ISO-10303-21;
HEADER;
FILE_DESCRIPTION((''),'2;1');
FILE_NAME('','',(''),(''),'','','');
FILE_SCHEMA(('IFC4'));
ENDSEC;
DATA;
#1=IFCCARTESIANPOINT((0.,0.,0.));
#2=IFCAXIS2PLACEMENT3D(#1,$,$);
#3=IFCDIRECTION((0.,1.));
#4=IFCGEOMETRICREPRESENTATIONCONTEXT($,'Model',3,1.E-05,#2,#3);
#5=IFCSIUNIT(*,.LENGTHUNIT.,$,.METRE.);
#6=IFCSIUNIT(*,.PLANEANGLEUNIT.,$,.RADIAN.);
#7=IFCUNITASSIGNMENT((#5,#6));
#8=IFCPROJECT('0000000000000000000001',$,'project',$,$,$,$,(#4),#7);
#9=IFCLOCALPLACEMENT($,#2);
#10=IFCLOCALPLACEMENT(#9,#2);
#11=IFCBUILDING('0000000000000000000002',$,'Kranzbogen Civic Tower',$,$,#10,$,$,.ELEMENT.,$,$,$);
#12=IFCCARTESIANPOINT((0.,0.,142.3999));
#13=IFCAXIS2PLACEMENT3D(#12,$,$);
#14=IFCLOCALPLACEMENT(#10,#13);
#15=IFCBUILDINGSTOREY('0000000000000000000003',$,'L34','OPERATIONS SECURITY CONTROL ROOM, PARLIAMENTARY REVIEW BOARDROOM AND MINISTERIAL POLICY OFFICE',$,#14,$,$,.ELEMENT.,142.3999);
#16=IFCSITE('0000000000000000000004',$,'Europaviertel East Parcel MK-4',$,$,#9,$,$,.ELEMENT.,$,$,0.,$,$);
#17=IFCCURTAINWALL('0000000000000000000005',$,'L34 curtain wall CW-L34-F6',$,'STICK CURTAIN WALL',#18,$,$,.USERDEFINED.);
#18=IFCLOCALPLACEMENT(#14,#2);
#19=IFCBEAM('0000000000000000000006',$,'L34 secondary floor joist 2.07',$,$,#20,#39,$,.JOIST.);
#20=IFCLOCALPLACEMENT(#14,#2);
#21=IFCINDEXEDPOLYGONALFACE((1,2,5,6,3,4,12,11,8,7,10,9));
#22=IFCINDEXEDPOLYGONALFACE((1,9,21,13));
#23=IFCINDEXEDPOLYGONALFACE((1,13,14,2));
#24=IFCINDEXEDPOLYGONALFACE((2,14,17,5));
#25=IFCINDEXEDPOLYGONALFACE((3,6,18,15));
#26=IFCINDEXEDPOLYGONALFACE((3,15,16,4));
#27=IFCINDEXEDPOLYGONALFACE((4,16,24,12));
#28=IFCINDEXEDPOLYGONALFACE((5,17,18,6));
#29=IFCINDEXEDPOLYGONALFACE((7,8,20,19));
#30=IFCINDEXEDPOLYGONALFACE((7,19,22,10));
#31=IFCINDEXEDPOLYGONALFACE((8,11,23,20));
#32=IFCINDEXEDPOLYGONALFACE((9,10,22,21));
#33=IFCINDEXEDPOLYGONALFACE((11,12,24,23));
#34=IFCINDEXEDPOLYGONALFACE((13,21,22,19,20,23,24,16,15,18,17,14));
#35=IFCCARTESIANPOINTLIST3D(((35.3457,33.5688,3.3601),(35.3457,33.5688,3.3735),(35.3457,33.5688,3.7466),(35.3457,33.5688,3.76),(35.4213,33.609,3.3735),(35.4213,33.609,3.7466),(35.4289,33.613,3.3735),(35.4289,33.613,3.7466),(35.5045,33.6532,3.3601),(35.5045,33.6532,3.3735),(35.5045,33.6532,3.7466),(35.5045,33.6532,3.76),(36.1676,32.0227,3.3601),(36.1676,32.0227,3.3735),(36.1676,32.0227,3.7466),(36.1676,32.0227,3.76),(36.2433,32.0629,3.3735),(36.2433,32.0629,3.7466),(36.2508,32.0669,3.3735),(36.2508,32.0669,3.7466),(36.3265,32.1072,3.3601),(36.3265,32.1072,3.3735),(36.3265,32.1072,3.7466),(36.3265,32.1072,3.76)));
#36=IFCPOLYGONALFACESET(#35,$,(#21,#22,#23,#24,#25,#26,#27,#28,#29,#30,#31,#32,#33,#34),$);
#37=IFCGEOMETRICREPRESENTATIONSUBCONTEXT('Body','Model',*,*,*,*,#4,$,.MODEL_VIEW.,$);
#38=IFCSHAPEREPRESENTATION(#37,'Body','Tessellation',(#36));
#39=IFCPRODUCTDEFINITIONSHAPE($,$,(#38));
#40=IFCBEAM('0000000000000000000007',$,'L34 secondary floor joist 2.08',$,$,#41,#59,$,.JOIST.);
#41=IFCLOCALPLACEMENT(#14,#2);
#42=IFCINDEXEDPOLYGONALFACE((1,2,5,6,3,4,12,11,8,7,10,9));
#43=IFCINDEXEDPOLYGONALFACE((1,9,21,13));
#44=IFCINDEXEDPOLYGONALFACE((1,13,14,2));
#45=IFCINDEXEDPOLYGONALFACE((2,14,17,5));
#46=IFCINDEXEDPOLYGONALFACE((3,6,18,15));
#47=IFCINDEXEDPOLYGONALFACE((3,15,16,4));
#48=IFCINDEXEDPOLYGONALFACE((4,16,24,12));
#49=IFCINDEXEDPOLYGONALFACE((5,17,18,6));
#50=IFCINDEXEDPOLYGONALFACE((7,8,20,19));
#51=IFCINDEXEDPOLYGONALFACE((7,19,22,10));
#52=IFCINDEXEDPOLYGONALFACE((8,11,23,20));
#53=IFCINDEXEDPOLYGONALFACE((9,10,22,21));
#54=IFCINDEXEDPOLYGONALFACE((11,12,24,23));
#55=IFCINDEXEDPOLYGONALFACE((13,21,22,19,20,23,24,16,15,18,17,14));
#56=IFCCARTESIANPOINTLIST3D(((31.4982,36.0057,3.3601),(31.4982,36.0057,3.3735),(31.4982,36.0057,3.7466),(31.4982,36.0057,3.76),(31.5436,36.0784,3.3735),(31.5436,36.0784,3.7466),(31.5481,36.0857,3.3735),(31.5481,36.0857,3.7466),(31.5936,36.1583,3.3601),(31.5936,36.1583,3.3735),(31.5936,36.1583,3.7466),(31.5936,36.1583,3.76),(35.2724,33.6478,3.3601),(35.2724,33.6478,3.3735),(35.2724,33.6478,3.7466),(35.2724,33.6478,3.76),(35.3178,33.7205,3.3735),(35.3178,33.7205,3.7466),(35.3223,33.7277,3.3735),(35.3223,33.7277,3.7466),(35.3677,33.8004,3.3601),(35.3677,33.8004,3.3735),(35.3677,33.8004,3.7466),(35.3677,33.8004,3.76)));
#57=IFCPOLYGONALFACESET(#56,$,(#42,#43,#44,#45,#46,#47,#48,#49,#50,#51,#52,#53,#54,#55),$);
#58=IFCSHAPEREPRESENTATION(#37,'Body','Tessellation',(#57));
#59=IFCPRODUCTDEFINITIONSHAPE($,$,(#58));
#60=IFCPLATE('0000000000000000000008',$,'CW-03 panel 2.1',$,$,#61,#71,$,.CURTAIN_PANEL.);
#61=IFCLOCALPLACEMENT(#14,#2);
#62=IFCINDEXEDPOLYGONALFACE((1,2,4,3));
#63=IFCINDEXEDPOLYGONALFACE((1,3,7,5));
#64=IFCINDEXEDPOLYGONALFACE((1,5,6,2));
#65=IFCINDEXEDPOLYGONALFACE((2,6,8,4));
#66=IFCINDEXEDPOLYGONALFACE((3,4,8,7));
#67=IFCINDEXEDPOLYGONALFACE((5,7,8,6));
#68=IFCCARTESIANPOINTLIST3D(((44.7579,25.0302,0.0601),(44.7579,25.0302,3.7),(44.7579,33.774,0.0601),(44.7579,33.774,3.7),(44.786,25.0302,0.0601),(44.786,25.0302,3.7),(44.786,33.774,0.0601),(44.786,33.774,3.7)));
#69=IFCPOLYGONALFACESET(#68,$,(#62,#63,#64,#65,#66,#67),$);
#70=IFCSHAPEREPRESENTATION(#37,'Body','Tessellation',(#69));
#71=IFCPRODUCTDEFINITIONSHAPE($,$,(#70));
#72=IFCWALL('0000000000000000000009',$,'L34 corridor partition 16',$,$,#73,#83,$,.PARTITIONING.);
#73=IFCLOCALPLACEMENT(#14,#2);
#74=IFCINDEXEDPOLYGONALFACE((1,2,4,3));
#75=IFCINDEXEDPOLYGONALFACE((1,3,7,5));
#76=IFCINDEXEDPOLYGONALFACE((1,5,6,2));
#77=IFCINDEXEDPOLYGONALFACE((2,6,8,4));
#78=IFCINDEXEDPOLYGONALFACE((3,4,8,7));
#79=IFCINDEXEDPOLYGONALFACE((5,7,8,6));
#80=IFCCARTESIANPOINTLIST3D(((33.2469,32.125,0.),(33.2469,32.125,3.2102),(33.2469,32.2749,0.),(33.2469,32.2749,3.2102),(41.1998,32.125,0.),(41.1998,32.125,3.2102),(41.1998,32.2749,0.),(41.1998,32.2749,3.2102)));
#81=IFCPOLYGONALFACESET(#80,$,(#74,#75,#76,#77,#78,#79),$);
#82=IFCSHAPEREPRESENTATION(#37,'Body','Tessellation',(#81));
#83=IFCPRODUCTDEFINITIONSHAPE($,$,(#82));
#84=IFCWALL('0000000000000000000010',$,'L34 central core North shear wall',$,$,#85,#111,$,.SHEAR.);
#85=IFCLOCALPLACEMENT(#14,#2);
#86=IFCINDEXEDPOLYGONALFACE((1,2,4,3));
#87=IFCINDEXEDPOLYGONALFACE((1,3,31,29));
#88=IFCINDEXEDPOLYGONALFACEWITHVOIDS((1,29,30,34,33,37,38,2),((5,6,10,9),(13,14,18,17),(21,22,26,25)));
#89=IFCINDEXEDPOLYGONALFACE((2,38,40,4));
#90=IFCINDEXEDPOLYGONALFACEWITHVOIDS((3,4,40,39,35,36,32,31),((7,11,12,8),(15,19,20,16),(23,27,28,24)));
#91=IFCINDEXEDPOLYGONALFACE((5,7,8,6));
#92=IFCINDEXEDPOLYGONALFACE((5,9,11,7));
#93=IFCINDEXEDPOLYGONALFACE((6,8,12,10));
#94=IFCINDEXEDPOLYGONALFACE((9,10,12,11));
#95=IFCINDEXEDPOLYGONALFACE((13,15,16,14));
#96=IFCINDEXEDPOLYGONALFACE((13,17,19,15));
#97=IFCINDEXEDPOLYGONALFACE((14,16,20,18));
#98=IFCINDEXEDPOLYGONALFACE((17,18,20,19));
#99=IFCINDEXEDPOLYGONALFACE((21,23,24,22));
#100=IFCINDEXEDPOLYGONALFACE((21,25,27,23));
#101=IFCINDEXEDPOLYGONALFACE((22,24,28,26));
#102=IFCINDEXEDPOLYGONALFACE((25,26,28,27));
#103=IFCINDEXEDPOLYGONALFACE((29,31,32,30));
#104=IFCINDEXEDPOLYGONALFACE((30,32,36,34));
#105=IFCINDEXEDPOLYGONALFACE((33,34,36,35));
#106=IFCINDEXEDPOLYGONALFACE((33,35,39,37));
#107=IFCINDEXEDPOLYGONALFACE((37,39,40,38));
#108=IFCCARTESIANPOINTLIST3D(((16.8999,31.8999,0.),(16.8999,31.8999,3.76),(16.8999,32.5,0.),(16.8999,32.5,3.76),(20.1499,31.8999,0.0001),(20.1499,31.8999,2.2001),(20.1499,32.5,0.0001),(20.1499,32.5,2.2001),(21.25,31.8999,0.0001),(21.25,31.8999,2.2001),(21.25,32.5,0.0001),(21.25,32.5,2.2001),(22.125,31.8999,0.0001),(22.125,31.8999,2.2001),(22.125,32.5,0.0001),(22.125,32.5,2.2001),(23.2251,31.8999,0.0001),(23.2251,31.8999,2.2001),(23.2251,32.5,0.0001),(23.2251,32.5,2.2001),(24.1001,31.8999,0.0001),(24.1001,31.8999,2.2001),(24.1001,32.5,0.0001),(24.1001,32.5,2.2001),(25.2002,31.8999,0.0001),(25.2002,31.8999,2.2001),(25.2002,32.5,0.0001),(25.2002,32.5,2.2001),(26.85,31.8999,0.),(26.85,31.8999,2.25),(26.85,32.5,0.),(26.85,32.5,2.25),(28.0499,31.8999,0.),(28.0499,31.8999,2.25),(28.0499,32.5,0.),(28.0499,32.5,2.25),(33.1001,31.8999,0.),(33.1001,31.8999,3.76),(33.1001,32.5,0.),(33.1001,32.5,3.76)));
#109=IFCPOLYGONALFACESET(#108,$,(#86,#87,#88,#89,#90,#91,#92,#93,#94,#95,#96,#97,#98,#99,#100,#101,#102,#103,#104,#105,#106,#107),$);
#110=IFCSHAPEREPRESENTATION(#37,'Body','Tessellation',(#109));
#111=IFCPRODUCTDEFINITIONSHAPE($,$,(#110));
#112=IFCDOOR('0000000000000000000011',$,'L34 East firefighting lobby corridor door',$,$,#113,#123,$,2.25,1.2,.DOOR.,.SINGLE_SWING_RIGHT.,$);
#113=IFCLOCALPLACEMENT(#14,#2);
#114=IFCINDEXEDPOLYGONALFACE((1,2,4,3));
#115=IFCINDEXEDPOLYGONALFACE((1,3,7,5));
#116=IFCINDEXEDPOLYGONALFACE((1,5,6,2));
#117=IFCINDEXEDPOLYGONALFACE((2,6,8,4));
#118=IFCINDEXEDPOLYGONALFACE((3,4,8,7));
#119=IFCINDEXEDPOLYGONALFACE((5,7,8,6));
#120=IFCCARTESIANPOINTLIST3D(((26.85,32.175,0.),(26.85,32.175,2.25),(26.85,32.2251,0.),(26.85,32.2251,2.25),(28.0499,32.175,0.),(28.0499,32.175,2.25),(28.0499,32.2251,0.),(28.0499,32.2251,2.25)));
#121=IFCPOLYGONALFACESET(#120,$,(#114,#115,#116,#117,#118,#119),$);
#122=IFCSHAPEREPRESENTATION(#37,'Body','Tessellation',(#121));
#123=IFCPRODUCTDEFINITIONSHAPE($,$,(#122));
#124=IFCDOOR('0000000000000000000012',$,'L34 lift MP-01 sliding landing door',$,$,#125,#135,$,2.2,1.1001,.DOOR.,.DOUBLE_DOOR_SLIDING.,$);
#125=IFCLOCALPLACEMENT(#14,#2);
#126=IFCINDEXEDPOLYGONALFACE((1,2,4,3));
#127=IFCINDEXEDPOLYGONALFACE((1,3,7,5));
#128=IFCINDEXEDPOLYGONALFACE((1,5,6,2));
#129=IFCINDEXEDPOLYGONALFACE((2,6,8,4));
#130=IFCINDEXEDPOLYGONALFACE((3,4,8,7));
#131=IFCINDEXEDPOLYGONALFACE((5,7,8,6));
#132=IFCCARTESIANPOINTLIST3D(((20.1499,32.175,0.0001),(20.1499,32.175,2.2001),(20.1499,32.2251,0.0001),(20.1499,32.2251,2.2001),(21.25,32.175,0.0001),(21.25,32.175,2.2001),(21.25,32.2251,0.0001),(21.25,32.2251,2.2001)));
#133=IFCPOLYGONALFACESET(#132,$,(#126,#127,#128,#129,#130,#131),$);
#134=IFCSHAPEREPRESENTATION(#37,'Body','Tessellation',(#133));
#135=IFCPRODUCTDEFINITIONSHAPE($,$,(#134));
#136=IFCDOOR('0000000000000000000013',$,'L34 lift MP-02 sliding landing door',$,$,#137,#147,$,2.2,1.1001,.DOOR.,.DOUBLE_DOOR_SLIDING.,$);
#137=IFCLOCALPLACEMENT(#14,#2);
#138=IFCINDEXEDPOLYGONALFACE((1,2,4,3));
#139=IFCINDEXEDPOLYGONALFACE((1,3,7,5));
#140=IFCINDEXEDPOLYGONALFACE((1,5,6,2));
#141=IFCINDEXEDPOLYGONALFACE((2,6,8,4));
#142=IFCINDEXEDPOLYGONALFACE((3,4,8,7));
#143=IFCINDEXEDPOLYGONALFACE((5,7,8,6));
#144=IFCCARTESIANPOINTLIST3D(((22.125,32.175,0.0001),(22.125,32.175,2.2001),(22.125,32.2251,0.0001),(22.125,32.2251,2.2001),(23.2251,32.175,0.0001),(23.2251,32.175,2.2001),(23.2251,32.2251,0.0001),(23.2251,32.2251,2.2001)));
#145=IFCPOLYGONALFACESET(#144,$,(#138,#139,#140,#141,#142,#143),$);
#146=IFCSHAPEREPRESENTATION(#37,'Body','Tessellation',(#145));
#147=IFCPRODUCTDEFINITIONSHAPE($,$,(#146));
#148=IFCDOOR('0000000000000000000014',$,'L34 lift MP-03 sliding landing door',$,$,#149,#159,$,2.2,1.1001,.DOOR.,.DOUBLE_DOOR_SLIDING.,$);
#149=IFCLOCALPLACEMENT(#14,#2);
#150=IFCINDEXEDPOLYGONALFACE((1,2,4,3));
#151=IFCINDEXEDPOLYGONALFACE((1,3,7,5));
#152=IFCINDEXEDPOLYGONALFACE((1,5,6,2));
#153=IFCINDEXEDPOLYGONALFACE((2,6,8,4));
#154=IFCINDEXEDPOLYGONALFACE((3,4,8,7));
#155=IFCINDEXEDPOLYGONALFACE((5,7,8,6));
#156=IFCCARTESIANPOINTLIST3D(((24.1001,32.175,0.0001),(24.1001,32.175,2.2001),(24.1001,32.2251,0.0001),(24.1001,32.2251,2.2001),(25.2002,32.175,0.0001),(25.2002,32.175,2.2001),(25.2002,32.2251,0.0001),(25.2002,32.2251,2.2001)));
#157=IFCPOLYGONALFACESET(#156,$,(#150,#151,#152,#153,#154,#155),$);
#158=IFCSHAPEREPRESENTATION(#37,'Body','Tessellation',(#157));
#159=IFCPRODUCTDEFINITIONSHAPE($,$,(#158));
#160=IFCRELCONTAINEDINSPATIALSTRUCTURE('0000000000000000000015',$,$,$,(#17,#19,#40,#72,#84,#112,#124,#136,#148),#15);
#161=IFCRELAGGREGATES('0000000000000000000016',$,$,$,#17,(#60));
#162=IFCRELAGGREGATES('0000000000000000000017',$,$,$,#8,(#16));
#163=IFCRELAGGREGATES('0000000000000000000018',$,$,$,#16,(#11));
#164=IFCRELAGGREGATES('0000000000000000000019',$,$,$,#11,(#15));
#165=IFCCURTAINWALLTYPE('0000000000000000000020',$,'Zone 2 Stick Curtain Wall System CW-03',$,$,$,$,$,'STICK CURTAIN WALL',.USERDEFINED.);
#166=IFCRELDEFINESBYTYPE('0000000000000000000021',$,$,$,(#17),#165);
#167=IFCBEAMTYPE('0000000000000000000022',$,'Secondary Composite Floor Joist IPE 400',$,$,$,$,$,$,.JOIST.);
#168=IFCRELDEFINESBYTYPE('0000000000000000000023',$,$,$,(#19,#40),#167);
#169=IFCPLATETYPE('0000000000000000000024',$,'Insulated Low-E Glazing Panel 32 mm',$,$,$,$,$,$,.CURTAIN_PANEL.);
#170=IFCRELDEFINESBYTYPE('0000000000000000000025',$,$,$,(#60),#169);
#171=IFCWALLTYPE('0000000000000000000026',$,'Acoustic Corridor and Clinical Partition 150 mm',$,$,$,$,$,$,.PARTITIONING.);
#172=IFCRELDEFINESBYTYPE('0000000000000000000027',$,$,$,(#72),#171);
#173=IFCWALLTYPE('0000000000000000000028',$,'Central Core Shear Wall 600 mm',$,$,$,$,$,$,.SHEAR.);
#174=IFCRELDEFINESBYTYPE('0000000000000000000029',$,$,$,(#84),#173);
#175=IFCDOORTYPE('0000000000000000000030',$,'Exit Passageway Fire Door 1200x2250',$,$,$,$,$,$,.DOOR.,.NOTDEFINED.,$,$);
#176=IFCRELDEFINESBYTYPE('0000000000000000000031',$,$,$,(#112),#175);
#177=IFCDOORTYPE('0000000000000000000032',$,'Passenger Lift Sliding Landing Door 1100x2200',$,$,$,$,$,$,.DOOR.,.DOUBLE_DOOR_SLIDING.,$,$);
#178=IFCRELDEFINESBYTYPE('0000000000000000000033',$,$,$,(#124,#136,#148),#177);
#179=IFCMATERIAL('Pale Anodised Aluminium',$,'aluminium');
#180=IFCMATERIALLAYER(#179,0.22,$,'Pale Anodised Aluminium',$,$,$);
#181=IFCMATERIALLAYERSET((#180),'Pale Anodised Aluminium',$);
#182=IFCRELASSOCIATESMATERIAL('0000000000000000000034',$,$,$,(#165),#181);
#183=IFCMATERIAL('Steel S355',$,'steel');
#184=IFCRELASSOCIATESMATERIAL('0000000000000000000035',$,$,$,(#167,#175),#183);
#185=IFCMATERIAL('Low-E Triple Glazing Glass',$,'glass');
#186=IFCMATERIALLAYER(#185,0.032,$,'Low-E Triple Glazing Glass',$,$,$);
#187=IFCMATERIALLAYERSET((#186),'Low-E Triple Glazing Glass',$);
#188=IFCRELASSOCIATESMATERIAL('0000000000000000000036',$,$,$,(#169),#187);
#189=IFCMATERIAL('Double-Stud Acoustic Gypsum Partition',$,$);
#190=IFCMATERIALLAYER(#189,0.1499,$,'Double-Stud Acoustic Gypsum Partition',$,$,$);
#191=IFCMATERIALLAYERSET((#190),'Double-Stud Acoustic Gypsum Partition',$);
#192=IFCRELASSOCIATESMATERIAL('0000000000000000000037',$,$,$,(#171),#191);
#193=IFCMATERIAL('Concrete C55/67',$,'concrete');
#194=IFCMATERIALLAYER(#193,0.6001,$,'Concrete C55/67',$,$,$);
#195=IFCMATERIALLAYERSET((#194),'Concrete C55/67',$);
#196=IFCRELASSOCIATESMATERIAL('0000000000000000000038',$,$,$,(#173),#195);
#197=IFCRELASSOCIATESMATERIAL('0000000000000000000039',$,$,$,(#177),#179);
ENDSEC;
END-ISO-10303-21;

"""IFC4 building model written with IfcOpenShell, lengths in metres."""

from ifc_helpers import new_model, si_unit, direction, frame, frame_2d, origin, origin_2d, place, context, subcontext, project, spatial, rectangle, i_section, extrude, material, layer, layer_set, material_profile, profile_set, type_object, element, fill, aggregate, save


model = new_model("IFC4")

# Units and contexts
model_context = context("Model", 3, precision=1e-05, world=origin(), true_north=direction((0.0, 1.0)))
body_context = subcontext(model_context, "Body", "Model", "MODEL_VIEW")
ifc_project = project(units=[si_unit("LENGTHUNIT", "METRE"), si_unit("PLANEANGLEUNIT", "RADIAN")], contexts=[model_context])

# Site, building, storey
site_placement = place(None, origin())
site = spatial("IfcSite", under=ifc_project, at=site_placement, Name="Europaviertel East Parcel MK-4", CompositionType="ELEMENT", RefElevation=0.0)
building_placement = place(site_placement, origin())
building = spatial("IfcBuilding", under=site, at=building_placement, Name="Kranzbogen Civic Tower", CompositionType="ELEMENT")
storey_placement = place(building_placement, frame((0.0, 0.0, 142.3999)))
storey = spatial("IfcBuildingStorey", under=building, at=storey_placement, Name="L34", Description="OPERATIONS SECURITY CONTROL ROOM, PARLIAMENTARY REVIEW BOARDROOM AND MINISTERIAL POLICY OFFICE", CompositionType="ELEMENT", Elevation=142.3999)

# Shared definitions
ifc_material_1 = material(Name="Steel S355", Category="steel")

# Curtain wall
ifc_material_2 = material(Name="Pale Anodised Aluminium", Category="aluminium")
ifc_layer_1 = layer(ifc_material_2, 0.22, Name="Pale Anodised Aluminium")
ifc_layer_set_1 = layer_set([ifc_layer_1], Name="Pale Anodised Aluminium")
curtain_wall_type = type_object("IfcCurtainWallType", Name="Zone 2 Stick Curtain Wall System CW-03", ElementType="STICK CURTAIN WALL", PredefinedType="USERDEFINED", material=ifc_layer_set_1)
curtain_wall_placement = place(storey_placement, origin())
curtain_wall = element("IfcCurtainWall", 1, at=curtain_wall_placement, inside=storey, type_object=curtain_wall_type, Name="L34 curtain wall CW-L34-F6", ObjectType="STICK CURTAIN WALL", PredefinedType="USERDEFINED")

# Beams
ifc_material_profile_1 = material_profile(ifc_material_1, i_section(OverallWidth=0.1799, OverallDepth=0.3999, WebThickness=0.0085, FlangeThickness=0.0134, at=origin_2d()), Name="IPE 400")
ifc_profile_set_1 = profile_set([ifc_material_profile_1], Name="Steel S355")
beam_type_1 = type_object("IfcBeamType", Name="Secondary Composite Floor Joist IPE 400", PredefinedType="JOIST", material=ifc_profile_set_1)
beam_1_placement = place(storey_placement, frame((36.2471, 32.0649, 3.5601), z_axis=(-0.469437, 0.882966, 0.0), x_axis=(-0.882966, -0.469437, 0.0)))
element("IfcBeam", 2, at=beam_1_placement, inside=storey, type_object=beam_type_1, Name="L34 secondary floor joist 2.07", PredefinedType="JOIST", context=body_context, shape_type="SweptSolid", body=[
    extrude(i_section(OverallWidth=0.1799, OverallDepth=0.3999, WebThickness=0.0085, FlangeThickness=0.0134, at=origin_2d()), origin(), (0.0, 0.0, 1.0), 1.751),
])
beam_2_placement = place(storey_placement, frame((35.3201, 33.7241, 3.5601), z_axis=(-0.848094, 0.529846, 0.0), x_axis=(-0.529846, -0.848094, 0.0)))
element("IfcBeam", 3, at=beam_2_placement, inside=storey, type_object=beam_type_1, Name="L34 secondary floor joist 2.08", PredefinedType="JOIST", context=body_context, shape_type="SweptSolid", body=[
    extrude(i_section(OverallWidth=0.1799, OverallDepth=0.3999, WebThickness=0.0085, FlangeThickness=0.0134, at=origin_2d()), origin(), (0.0, 0.0, 1.0), 4.4502),
])

# Plate
ifc_material_3 = material(Name="Low-E Triple Glazing Glass", Category="glass")
ifc_layer_2 = layer(ifc_material_3, 0.032, Name="Low-E Triple Glazing Glass")
ifc_layer_set_2 = layer_set([ifc_layer_2], Name="Low-E Triple Glazing Glass")
plate_type = type_object("IfcPlateType", Name="Insulated Low-E Glazing Panel 32 mm", PredefinedType="CURTAIN_PANEL", material=ifc_layer_set_2)
plate_placement = place(storey_placement, frame((44.772, 29.4021, 0.0601), z_axis=(0.0, 0.0, 1.0), x_axis=(0.0, 1.0, 0.0)))
plate = element("IfcPlate", 4, at=plate_placement, type_object=plate_type, Name="CW-03 panel 2.1", PredefinedType="CURTAIN_PANEL", context=body_context, shape_type="SweptSolid", body=[
    extrude(rectangle(XDim=8.7439, YDim=0.0281, at=origin_2d()), origin(), (0.0, 0.0, 1.0), 3.6399),
])
aggregate(curtain_wall, [plate])

# Wall
ifc_material_4 = material(Name="Double-Stud Acoustic Gypsum Partition")
ifc_layer_3 = layer(ifc_material_4, 0.1499, Name="Double-Stud Acoustic Gypsum Partition")
ifc_layer_set_3 = layer_set([ifc_layer_3], Name="Double-Stud Acoustic Gypsum Partition")
wall_type_1 = type_object("IfcWallType", Name="Acoustic Corridor and Clinical Partition 150 mm", PredefinedType="PARTITIONING", material=ifc_layer_set_3)
wall_1_placement = place(storey_placement, frame((41.2, 32.2, 0.0), z_axis=(0.0, 0.0, 1.0), x_axis=(-1.0, 0.0, 0.0)))
element("IfcWall", 5, at=wall_1_placement, inside=storey, type_object=wall_type_1, Name="L34 corridor partition 16", PredefinedType="PARTITIONING", context=body_context, shape_type="SweptSolid", body=[
    extrude(rectangle(XDim=7.9529, YDim=0.1499, at=frame_2d((3.9766, 0.0))), origin(), (0.0, 0.0, 1.0), 3.2102),
])

# Wall, openings, doors
ifc_material_5 = material(Name="Concrete C55/67", Category="concrete")
ifc_layer_4 = layer(ifc_material_5, 0.6001, Name="Concrete C55/67")
ifc_layer_set_4 = layer_set([ifc_layer_4], Name="Concrete C55/67")
wall_type_2 = type_object("IfcWallType", Name="Central Core Shear Wall 600 mm", PredefinedType="SHEAR", material=ifc_layer_set_4)
wall_2_placement = place(storey_placement, frame((33.1001, 32.2, 0.0), z_axis=(0.0, 0.0, 1.0), x_axis=(-1.0, 0.0, 0.0)))
wall_2 = element("IfcWall", 6, at=wall_2_placement, inside=storey, type_object=wall_type_2, Name="L34 central core North shear wall", PredefinedType="SHEAR", context=body_context, shape_type="SweptSolid", body=[
    extrude(rectangle(XDim=16.2002, YDim=0.6001, at=frame_2d((8.1001, 0.0))), origin(), (0.0, 0.0, 1.0), 3.76),
])
opening_1_placement = place(wall_2_placement, frame((5.05, 0.0, 0.0)))
opening_1 = element("IfcOpeningElement", 7, at=opening_1_placement, cuts=wall_2, PredefinedType="OPENING", context=body_context, shape_type="SweptSolid", body=[
    extrude(rectangle(XDim=1.2, YDim=2.25, at=frame_2d((0.6001, 1.125))), frame((0.0, 0.3101, 0.0), z_axis=(0.0, -1.0, 0.0), x_axis=(1.0, 0.0, 0.0)), (0.0, 0.0, 1.0), 0.6201),
])
opening_2_placement = place(wall_2_placement, frame((11.8501, 0.0, 0.0)))
opening_2 = element("IfcOpeningElement", 8, at=opening_2_placement, cuts=wall_2, PredefinedType="OPENING", context=body_context, shape_type="SweptSolid", body=[
    extrude(rectangle(XDim=1.1001, YDim=2.2, at=frame_2d((0.55, 1.1001))), frame((0.0, 0.3101, 0.0), z_axis=(0.0, -1.0, 0.0), x_axis=(1.0, 0.0, 0.0)), (0.0, 0.0, 1.0), 0.6201),
])
opening_3_placement = place(wall_2_placement, frame((9.875, 0.0, 0.0)))
opening_3 = element("IfcOpeningElement", 9, at=opening_3_placement, cuts=wall_2, PredefinedType="OPENING", context=body_context, shape_type="SweptSolid", body=[
    extrude(rectangle(XDim=1.1001, YDim=2.2, at=frame_2d((0.55, 1.1001))), frame((0.0, 0.3101, 0.0), z_axis=(0.0, -1.0, 0.0), x_axis=(1.0, 0.0, 0.0)), (0.0, 0.0, 1.0), 0.6201),
])
opening_4_placement = place(wall_2_placement, frame((7.8999, 0.0, 0.0)))
opening_4 = element("IfcOpeningElement", 10, at=opening_4_placement, cuts=wall_2, PredefinedType="OPENING", context=body_context, shape_type="SweptSolid", body=[
    extrude(rectangle(XDim=1.1001, YDim=2.2, at=frame_2d((0.55, 1.1001))), frame((0.0, 0.3101, 0.0), z_axis=(0.0, -1.0, 0.0), x_axis=(1.0, 0.0, 0.0)), (0.0, 0.0, 1.0), 0.6201),
])
door_type_1 = type_object("IfcDoorType", Name="Exit Passageway Fire Door 1200x2250", OperationType="NOTDEFINED", PredefinedType="DOOR", material=ifc_material_1)
door_1_placement = place(opening_1_placement, origin())
door_1 = element("IfcDoor", 11, at=door_1_placement, inside=storey, type_object=door_type_1, Name="L34 East firefighting lobby corridor door", OperationType="SINGLE_SWING_RIGHT", OverallHeight=2.25, OverallWidth=1.2, PredefinedType="DOOR", context=body_context, shape_type="SweptSolid", body=[
    extrude(rectangle(XDim=1.2, YDim=2.25, at=frame_2d((0.6001, 1.125))), frame((0.0, 0.0249, 0.0), z_axis=(0.0, -1.0, 0.0), x_axis=(1.0, 0.0, 0.0)), (0.0, 0.0, 1.0), 0.05),
])
fill(opening_1, door_1)
door_type_2 = type_object("IfcDoorType", Name="Passenger Lift Sliding Landing Door 1100x2200", OperationType="DOUBLE_DOOR_SLIDING", PredefinedType="DOOR", material=ifc_material_2)
door_2_placement = place(opening_2_placement, origin())
door_2 = element("IfcDoor", 12, at=door_2_placement, inside=storey, type_object=door_type_2, Name="L34 lift MP-01 sliding landing door", OperationType="DOUBLE_DOOR_SLIDING", OverallHeight=2.2, OverallWidth=1.1001, PredefinedType="DOOR", context=body_context, shape_type="SweptSolid", body=[
    extrude(rectangle(XDim=1.1001, YDim=2.2, at=frame_2d((0.55, 1.1001))), frame((0.0, 0.0249, 0.0), z_axis=(0.0, -1.0, 0.0), x_axis=(1.0, 0.0, 0.0)), (0.0, 0.0, 1.0), 0.05),
])
fill(opening_2, door_2)
door_3_placement = place(opening_3_placement, origin())
door_3 = element("IfcDoor", 13, at=door_3_placement, inside=storey, type_object=door_type_2, Name="L34 lift MP-02 sliding landing door", OperationType="DOUBLE_DOOR_SLIDING", OverallHeight=2.2, OverallWidth=1.1001, PredefinedType="DOOR", context=body_context, shape_type="SweptSolid", body=[
    extrude(rectangle(XDim=1.1001, YDim=2.2, at=frame_2d((0.55, 1.1001))), frame((0.0, 0.0249, 0.0), z_axis=(0.0, -1.0, 0.0), x_axis=(1.0, 0.0, 0.0)), (0.0, 0.0, 1.0), 0.05),
])
fill(opening_3, door_3)
door_4_placement = place(opening_4_placement, origin())
door_4 = element("IfcDoor", 14, at=door_4_placement, inside=storey, type_object=door_type_2, Name="L34 lift MP-03 sliding landing door", OperationType="DOUBLE_DOOR_SLIDING", OverallHeight=2.2, OverallWidth=1.1001, PredefinedType="DOOR", context=body_context, shape_type="SweptSolid", body=[
    extrude(rectangle(XDim=1.1001, YDim=2.2, at=frame_2d((0.55, 1.1001))), frame((0.0, 0.0249, 0.0), z_axis=(0.0, -1.0, 0.0), x_axis=(1.0, 0.0, 0.0)), (0.0, 0.0, 1.0), 0.05),
])
fill(opening_4, door_4)

save(model, "model.ifc")
